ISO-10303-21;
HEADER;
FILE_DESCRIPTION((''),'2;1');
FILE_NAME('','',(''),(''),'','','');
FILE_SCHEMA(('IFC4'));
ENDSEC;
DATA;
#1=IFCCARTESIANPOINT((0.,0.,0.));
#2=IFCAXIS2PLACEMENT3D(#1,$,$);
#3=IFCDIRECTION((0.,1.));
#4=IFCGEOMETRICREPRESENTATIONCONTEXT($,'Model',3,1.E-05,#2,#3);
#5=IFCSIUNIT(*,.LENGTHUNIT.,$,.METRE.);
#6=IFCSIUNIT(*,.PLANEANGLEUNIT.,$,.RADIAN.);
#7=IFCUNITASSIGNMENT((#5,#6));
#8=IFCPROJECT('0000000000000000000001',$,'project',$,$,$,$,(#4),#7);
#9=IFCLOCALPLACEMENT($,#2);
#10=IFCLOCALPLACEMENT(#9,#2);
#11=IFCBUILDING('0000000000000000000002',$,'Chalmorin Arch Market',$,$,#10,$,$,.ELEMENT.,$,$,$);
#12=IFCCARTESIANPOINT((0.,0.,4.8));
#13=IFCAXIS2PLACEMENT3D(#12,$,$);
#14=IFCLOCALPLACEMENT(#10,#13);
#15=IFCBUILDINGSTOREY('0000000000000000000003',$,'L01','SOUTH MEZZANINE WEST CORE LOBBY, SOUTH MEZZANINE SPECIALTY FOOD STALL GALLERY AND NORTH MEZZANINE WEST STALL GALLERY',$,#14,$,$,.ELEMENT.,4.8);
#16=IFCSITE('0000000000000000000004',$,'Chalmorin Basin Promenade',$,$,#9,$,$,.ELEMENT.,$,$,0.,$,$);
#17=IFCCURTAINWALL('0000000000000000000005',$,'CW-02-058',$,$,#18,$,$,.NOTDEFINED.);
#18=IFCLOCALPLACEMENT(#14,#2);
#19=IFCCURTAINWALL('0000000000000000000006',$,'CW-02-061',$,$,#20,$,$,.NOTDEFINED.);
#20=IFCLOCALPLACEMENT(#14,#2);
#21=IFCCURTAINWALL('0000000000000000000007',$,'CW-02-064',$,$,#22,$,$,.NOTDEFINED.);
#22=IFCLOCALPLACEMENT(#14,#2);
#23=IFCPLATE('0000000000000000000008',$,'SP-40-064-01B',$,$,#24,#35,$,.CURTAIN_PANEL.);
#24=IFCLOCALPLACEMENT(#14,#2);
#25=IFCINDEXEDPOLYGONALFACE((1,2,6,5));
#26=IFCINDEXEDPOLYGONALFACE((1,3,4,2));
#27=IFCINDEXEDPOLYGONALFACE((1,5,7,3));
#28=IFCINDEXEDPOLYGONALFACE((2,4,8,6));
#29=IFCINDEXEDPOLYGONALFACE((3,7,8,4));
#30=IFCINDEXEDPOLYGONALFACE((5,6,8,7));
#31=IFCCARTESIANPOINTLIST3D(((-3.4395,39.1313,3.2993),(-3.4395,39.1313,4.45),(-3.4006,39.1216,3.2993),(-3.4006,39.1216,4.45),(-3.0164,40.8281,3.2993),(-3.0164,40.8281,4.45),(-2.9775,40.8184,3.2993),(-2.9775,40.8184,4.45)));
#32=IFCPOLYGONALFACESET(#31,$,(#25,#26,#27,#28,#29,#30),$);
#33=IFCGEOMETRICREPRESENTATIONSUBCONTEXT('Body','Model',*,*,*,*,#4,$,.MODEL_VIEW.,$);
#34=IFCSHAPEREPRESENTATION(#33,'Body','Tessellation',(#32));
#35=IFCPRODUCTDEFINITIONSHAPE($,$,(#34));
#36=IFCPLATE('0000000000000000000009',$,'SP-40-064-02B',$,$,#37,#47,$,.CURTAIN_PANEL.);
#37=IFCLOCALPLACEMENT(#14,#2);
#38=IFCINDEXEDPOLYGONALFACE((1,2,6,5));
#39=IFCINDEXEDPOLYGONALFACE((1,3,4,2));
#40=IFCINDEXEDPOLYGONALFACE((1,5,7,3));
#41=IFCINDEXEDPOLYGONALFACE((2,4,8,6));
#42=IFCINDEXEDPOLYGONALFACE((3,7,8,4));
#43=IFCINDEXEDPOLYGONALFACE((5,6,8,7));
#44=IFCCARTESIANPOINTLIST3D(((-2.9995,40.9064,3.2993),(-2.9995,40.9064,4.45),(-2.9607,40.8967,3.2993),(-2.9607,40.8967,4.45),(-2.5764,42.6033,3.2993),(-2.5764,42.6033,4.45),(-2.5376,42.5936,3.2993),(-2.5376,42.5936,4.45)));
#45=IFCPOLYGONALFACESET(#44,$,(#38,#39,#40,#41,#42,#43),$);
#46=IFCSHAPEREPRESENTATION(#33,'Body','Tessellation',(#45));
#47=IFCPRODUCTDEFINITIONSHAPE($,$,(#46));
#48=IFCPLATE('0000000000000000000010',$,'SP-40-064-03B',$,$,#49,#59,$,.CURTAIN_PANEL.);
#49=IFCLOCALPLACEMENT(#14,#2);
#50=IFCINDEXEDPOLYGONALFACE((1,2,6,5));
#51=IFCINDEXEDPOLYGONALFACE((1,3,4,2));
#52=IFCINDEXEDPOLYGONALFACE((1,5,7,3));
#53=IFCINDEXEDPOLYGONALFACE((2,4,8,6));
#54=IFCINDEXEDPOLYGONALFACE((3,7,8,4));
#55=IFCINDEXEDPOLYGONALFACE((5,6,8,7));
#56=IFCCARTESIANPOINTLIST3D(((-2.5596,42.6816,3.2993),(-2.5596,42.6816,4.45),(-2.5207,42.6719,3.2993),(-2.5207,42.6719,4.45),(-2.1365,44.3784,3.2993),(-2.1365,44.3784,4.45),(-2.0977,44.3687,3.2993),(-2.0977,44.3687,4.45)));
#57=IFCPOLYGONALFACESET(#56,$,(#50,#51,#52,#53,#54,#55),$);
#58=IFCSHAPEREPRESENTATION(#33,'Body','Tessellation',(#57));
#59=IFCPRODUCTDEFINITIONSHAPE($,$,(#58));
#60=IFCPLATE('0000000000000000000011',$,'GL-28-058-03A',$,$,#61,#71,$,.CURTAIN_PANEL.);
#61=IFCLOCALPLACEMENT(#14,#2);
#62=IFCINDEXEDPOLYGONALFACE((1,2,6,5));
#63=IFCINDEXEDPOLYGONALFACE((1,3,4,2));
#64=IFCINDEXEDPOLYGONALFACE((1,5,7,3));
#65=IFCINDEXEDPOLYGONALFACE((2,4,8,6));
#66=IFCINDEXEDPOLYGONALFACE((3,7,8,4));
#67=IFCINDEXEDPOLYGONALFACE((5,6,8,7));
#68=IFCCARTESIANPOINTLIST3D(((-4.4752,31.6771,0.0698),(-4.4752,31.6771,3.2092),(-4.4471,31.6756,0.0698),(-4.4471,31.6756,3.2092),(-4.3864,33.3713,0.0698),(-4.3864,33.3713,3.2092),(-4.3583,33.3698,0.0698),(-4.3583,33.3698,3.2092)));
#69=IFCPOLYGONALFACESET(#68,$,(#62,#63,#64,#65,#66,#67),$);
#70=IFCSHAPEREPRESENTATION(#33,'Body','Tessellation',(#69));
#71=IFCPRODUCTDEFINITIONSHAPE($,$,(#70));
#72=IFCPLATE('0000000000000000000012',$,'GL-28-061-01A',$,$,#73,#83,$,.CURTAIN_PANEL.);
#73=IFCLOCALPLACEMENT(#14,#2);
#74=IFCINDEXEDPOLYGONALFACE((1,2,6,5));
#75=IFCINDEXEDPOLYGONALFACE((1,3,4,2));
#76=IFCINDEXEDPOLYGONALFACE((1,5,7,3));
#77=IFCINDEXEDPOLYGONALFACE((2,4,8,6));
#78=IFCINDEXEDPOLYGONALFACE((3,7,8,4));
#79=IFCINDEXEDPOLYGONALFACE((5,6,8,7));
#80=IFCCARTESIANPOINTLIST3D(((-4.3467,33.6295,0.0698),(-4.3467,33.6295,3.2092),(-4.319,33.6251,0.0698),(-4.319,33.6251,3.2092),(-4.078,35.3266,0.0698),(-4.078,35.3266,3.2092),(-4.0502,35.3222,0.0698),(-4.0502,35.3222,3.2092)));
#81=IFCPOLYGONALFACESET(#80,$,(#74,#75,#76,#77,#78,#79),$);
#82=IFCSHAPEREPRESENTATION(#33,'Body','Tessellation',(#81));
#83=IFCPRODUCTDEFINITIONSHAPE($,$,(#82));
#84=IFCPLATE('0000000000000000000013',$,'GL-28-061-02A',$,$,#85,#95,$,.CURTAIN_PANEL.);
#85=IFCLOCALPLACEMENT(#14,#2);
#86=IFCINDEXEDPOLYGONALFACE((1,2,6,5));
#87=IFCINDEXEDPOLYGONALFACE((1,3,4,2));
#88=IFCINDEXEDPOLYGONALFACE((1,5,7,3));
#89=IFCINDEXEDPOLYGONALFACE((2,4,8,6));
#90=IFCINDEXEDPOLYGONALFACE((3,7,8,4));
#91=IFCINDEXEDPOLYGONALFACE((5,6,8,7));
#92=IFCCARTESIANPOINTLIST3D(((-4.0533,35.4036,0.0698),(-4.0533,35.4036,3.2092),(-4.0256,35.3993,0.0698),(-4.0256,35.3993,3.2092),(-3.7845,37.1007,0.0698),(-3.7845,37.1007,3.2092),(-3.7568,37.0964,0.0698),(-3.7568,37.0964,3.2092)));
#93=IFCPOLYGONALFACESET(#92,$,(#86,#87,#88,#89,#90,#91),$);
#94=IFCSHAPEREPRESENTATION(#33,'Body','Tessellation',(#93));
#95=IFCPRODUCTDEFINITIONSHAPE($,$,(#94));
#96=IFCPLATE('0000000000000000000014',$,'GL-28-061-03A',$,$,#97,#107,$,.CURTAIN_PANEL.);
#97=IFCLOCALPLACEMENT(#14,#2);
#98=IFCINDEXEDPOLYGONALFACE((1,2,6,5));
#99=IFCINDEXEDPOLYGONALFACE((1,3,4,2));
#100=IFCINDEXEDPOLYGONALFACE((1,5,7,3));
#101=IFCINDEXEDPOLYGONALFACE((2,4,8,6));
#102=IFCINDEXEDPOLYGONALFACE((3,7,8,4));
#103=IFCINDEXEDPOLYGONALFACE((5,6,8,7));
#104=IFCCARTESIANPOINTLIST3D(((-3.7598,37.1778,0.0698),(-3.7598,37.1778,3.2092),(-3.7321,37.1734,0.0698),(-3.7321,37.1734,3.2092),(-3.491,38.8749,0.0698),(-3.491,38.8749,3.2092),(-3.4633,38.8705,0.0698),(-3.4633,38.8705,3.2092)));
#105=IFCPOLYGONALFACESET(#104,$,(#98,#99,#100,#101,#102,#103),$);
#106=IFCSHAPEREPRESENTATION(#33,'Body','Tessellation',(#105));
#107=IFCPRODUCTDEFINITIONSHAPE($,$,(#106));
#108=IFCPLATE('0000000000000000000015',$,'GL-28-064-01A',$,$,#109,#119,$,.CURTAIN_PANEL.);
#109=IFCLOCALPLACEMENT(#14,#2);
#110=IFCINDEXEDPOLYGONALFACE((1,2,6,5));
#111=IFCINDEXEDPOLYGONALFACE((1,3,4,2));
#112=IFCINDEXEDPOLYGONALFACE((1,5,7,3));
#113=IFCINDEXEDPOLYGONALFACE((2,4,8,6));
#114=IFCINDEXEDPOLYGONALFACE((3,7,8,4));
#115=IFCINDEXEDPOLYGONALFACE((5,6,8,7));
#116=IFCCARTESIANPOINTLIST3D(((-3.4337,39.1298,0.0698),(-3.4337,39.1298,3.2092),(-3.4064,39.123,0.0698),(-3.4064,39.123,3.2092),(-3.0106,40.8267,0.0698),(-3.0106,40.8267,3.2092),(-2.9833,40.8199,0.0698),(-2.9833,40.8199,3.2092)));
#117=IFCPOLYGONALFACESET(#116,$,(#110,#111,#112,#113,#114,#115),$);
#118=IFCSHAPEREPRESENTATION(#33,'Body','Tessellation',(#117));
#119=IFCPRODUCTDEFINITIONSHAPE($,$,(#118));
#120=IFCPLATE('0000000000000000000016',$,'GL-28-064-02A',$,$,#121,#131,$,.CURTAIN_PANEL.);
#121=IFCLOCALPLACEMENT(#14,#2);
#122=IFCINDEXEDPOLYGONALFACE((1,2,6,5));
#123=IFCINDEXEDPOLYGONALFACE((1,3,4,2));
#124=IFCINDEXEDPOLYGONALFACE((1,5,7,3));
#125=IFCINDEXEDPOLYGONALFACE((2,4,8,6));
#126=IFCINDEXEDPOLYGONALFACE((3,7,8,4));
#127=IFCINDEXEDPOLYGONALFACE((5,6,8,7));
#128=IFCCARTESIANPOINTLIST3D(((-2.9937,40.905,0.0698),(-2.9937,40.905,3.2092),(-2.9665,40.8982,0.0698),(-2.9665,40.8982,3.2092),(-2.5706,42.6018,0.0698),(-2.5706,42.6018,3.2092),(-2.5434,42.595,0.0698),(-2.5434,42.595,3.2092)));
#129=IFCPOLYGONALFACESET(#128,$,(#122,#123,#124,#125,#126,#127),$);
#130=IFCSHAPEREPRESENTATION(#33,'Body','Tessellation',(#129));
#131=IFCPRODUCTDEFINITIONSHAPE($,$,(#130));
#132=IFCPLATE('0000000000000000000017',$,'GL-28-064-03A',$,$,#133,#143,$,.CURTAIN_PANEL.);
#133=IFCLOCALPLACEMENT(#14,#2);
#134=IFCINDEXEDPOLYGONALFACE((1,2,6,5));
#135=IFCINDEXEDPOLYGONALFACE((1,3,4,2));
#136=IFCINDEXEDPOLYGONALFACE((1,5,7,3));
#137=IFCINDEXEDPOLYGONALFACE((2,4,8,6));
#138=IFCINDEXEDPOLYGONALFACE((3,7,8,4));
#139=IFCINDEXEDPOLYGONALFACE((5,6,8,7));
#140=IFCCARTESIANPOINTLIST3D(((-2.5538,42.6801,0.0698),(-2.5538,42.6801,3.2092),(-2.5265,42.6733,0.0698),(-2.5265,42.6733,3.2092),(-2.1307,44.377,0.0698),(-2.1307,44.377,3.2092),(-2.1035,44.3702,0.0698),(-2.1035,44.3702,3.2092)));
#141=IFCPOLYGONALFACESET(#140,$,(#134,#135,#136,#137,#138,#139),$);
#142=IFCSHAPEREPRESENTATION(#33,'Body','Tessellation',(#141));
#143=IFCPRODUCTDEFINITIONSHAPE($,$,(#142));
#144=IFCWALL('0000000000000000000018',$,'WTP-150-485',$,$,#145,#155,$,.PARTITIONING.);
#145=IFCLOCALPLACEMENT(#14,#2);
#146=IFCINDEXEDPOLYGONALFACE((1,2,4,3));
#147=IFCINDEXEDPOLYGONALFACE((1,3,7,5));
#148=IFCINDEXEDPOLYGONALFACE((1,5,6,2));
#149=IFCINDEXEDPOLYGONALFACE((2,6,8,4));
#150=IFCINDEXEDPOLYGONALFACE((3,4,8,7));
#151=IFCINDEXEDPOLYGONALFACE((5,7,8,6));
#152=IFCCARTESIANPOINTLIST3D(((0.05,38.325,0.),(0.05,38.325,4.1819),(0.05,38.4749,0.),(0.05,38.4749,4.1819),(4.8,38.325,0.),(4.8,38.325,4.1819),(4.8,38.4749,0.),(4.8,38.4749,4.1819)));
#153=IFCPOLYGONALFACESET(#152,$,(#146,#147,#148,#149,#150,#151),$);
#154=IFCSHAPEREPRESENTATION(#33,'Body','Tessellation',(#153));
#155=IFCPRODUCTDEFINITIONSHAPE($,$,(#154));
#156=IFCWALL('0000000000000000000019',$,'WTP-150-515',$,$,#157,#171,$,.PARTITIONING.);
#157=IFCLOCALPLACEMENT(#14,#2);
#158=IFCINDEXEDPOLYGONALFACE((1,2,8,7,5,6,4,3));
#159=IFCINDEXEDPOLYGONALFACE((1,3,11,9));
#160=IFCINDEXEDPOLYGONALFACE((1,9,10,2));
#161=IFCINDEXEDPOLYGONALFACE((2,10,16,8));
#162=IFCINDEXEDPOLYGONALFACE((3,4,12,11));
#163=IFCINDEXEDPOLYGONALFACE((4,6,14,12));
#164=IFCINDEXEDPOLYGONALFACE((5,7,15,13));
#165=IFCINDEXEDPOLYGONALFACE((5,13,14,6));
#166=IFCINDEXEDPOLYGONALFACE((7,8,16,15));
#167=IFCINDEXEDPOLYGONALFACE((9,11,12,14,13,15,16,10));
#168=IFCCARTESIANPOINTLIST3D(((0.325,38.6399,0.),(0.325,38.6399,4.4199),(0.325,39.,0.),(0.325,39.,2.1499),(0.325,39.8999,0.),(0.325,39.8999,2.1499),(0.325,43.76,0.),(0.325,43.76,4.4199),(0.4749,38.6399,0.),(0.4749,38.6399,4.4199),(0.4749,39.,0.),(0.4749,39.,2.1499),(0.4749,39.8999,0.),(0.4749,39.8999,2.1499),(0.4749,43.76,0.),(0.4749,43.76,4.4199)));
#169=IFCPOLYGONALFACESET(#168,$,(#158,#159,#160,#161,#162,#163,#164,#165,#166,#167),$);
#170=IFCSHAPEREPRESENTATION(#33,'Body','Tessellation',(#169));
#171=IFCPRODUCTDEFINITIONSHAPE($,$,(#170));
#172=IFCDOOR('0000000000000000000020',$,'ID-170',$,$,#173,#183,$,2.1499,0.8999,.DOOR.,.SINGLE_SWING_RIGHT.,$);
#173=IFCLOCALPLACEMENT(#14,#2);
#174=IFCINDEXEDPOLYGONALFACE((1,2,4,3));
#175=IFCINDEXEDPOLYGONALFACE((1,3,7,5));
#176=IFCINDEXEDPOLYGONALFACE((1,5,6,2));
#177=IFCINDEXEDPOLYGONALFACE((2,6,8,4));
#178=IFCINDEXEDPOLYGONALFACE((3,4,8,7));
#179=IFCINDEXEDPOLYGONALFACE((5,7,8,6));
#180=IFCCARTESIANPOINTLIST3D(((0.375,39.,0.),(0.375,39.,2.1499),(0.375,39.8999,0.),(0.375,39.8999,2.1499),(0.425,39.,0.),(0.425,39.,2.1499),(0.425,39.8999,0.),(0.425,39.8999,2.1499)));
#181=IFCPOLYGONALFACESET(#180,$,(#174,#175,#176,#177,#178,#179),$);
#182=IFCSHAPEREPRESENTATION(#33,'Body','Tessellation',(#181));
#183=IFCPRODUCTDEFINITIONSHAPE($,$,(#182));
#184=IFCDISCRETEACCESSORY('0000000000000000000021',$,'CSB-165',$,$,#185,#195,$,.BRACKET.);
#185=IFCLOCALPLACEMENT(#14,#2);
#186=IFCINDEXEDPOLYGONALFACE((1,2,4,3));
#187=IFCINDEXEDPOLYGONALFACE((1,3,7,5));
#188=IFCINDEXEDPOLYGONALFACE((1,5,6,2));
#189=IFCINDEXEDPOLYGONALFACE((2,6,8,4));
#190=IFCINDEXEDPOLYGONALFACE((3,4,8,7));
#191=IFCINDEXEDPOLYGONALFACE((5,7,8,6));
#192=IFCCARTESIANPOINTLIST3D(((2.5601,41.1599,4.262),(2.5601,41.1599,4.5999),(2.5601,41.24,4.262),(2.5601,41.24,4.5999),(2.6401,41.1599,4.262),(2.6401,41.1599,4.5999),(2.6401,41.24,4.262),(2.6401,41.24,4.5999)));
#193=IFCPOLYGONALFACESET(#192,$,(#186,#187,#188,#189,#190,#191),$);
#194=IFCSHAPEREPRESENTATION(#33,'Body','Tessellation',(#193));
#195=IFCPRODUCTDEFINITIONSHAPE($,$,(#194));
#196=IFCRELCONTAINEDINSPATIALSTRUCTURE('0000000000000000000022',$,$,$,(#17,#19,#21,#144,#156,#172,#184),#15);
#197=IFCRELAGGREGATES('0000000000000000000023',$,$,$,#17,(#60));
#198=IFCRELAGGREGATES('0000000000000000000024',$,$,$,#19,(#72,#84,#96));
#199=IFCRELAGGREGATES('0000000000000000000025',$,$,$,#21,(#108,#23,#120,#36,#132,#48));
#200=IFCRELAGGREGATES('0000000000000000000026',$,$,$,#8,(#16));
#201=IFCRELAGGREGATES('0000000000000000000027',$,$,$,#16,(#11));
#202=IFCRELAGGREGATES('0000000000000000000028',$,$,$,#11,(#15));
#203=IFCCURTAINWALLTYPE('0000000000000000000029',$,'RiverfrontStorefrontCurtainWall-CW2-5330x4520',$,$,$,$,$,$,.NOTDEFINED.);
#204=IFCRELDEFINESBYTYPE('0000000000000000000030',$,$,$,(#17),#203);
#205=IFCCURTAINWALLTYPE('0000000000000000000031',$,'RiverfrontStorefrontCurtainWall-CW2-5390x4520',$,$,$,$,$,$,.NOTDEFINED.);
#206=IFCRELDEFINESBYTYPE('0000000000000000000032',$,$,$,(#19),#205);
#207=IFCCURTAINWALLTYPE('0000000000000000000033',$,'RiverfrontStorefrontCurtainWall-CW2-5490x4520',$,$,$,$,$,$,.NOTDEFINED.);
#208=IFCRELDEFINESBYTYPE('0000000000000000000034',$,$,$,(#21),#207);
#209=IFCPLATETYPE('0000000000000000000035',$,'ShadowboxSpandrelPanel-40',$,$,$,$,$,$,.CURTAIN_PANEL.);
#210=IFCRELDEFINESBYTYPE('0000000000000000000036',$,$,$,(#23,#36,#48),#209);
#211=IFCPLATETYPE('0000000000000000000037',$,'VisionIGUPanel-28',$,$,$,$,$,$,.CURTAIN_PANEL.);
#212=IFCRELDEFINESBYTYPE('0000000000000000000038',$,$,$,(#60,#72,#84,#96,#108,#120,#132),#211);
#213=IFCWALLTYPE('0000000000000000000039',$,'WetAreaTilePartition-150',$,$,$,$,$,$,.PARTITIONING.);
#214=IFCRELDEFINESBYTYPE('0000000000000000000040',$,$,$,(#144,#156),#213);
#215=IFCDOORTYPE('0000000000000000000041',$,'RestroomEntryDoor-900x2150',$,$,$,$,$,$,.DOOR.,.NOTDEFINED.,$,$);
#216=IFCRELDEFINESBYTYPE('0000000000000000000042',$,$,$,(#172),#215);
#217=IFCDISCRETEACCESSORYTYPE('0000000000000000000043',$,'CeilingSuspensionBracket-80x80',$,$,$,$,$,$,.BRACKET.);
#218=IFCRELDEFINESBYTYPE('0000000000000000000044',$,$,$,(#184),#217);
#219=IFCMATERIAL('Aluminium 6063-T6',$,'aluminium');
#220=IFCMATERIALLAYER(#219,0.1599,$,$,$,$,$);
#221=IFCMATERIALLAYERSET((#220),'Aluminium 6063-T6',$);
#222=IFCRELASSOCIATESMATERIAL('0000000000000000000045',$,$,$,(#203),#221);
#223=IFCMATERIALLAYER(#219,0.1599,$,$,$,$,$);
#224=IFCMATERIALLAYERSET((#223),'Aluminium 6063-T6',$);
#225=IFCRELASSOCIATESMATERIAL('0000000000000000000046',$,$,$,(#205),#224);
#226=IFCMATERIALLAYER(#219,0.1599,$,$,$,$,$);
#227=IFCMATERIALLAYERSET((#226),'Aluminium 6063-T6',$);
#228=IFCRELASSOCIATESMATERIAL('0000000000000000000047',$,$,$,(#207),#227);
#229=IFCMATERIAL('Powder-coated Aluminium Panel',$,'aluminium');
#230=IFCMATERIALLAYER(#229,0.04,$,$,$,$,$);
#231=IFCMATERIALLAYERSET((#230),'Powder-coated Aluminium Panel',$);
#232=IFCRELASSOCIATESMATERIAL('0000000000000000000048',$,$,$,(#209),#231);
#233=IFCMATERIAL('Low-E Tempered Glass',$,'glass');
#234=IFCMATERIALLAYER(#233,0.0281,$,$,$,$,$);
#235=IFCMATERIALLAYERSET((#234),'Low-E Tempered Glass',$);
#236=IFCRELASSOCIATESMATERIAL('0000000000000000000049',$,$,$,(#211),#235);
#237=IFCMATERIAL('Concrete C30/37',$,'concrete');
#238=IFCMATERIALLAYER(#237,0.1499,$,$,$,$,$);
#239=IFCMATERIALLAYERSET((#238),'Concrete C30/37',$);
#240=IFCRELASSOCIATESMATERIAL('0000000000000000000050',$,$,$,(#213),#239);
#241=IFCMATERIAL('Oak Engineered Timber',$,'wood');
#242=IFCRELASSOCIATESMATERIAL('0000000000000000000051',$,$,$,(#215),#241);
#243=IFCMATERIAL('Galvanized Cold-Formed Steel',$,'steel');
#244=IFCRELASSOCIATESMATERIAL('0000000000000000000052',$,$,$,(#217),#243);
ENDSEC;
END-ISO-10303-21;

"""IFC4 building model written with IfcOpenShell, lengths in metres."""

from ifc_helpers import new_model, si_unit, direction, frame, frame_2d, origin, origin_2d, place, context, subcontext, project, spatial, rectangle, extrude, material, layer, layer_set, type_object, element, fill, aggregate, save


model = new_model("IFC4")

# Units and contexts
model_context = context("Model", 3, precision=1e-05, world=origin(), true_north=direction((0.0, 1.0)))
body_context = subcontext(model_context, "Body", "Model", "MODEL_VIEW")
ifc_project = project(units=[si_unit("LENGTHUNIT", "METRE"), si_unit("PLANEANGLEUNIT", "RADIAN")], contexts=[model_context])

# Site, building, storey
site_placement = place(None, origin())
site = spatial("IfcSite", under=ifc_project, at=site_placement, Name="Chalmorin Basin Promenade", CompositionType="ELEMENT", RefElevation=0.0)
building_placement = place(site_placement, origin())
building = spatial("IfcBuilding", under=site, at=building_placement, Name="Chalmorin Arch Market", CompositionType="ELEMENT")
storey_placement = place(building_placement, frame((0.0, 0.0, 4.8)))
storey = spatial("IfcBuildingStorey", under=building, at=storey_placement, Name="L01", Description="SOUTH MEZZANINE WEST CORE LOBBY, SOUTH MEZZANINE SPECIALTY FOOD STALL GALLERY AND NORTH MEZZANINE WEST STALL GALLERY", CompositionType="ELEMENT", Elevation=4.8)

# Curtain wall
ifc_material_1 = material(Name="Aluminium 6063-T6", Category="aluminium")
ifc_layer_1 = layer(ifc_material_1, 0.1599)
ifc_layer_set_1 = layer_set([ifc_layer_1], Name="Aluminium 6063-T6")
curtain_wall_type_1 = type_object("IfcCurtainWallType", Name="RiverfrontStorefrontCurtainWall-CW2-5330x4520", PredefinedType="NOTDEFINED", material=ifc_layer_set_1)
curtain_wall_1_placement = place(storey_placement, origin())
curtain_wall_1 = element("IfcCurtainWall", 1, at=curtain_wall_1_placement, inside=storey, type_object=curtain_wall_type_1, Name="CW-02-058", PredefinedType="NOTDEFINED")

# Curtain walls
ifc_layer_2 = layer(ifc_material_1, 0.1599)
ifc_layer_set_2 = layer_set([ifc_layer_2], Name="Aluminium 6063-T6")
curtain_wall_type_2 = type_object("IfcCurtainWallType", Name="RiverfrontStorefrontCurtainWall-CW2-5390x4520", PredefinedType="NOTDEFINED", material=ifc_layer_set_2)
curtain_wall_2_placement = place(storey_placement, origin())
curtain_wall_2 = element("IfcCurtainWall", 2, at=curtain_wall_2_placement, inside=storey, type_object=curtain_wall_type_2, Name="CW-02-061", PredefinedType="NOTDEFINED")
ifc_layer_3 = layer(ifc_material_1, 0.1599)
ifc_layer_set_3 = layer_set([ifc_layer_3], Name="Aluminium 6063-T6")
curtain_wall_type_3 = type_object("IfcCurtainWallType", Name="RiverfrontStorefrontCurtainWall-CW2-5490x4520", PredefinedType="NOTDEFINED", material=ifc_layer_set_3)
curtain_wall_3_placement = place(storey_placement, origin())
curtain_wall_3 = element("IfcCurtainWall", 3, at=curtain_wall_3_placement, inside=storey, type_object=curtain_wall_type_3, Name="CW-02-064", PredefinedType="NOTDEFINED")

# Plates
ifc_material_2 = material(Name="Powder-coated Aluminium Panel", Category="aluminium")
ifc_layer_4 = layer(ifc_material_2, 0.04)
ifc_layer_set_4 = layer_set([ifc_layer_4], Name="Powder-coated Aluminium Panel")
plate_type_1 = type_object("IfcPlateType", Name="ShadowboxSpandrelPanel-40", PredefinedType="CURTAIN_PANEL", material=ifc_layer_set_4)
plate_1_placement = place(storey_placement, frame((-3.2085, 39.9749, 3.2993), z_axis=(0.0, 0.0, 1.0), x_axis=(0.241922, 0.970296, 0.0)))
plate_1 = element("IfcPlate", 4, at=plate_1_placement, type_object=plate_type_1, Name="SP-40-064-01B", PredefinedType="CURTAIN_PANEL", context=body_context, shape_type="SweptSolid", body=[
    extrude(rectangle(XDim=1.7488, YDim=0.04, at=origin_2d()), origin(), (0.0, 0.0, 1.0), 1.1506),
])
plate_2_placement = place(storey_placement, frame((-2.7686, 41.75, 3.2993), z_axis=(0.0, 0.0, 1.0), x_axis=(0.241922, 0.970296, 0.0)))
plate_2 = element("IfcPlate", 5, at=plate_2_placement, type_object=plate_type_1, Name="SP-40-064-02B", PredefinedType="CURTAIN_PANEL", context=body_context, shape_type="SweptSolid", body=[
    extrude(rectangle(XDim=1.7488, YDim=0.04, at=origin_2d()), origin(), (0.0, 0.0, 1.0), 1.1506),
])
plate_3_placement = place(storey_placement, frame((-2.3286, 43.5251, 3.2993), z_axis=(0.0, 0.0, 1.0), x_axis=(0.241922, 0.970296, 0.0)))
plate_3 = element("IfcPlate", 6, at=plate_3_placement, type_object=plate_type_1, Name="SP-40-064-03B", PredefinedType="CURTAIN_PANEL", context=body_context, shape_type="SweptSolid", body=[
    extrude(rectangle(XDim=1.7488, YDim=0.04, at=origin_2d()), origin(), (0.0, 0.0, 1.0), 1.1506),
])
ifc_material_3 = material(Name="Low-E Tempered Glass", Category="glass")
ifc_layer_5 = layer(ifc_material_3, 0.0281)
ifc_layer_set_5 = layer_set([ifc_layer_5], Name="Low-E Tempered Glass")
plate_type_2 = type_object("IfcPlateType", Name="VisionIGUPanel-28", PredefinedType="CURTAIN_PANEL", material=ifc_layer_set_5)
plate_4_placement = place(storey_placement, frame((-4.4167, 32.5234, 0.0698), z_axis=(0.0, 0.0, 1.0), x_axis=(0.052336, 0.99863, 0.0)))
plate_4 = element("IfcPlate", 7, at=plate_4_placement, type_object=plate_type_2, Name="GL-28-058-03A", PredefinedType="CURTAIN_PANEL", context=body_context, shape_type="SweptSolid", body=[
    extrude(rectangle(XDim=1.6965, YDim=0.0281, at=origin_2d()), origin(), (0.0, 0.0, 1.0), 3.1394),
])
aggregate(curtain_wall_1, [plate_4])
plate_5_placement = place(storey_placement, frame((-4.1985, 34.4758, 0.0698), z_axis=(0.0, 0.0, 1.0), x_axis=(0.156434, 0.987688, 0.0)))
plate_5 = element("IfcPlate", 8, at=plate_5_placement, type_object=plate_type_2, Name="GL-28-061-01A", PredefinedType="CURTAIN_PANEL", context=body_context, shape_type="SweptSolid", body=[
    extrude(rectangle(XDim=1.7183, YDim=0.0281, at=origin_2d()), origin(), (0.0, 0.0, 1.0), 3.1394),
])
plate_6_placement = place(storey_placement, frame((-3.905, 36.25, 0.0698), z_axis=(0.0, 0.0, 1.0), x_axis=(0.156434, 0.987688, 0.0)))
plate_6 = element("IfcPlate", 9, at=plate_6_placement, type_object=plate_type_2, Name="GL-28-061-02A", PredefinedType="CURTAIN_PANEL", context=body_context, shape_type="SweptSolid", body=[
    extrude(rectangle(XDim=1.7183, YDim=0.0281, at=origin_2d()), origin(), (0.0, 0.0, 1.0), 3.1394),
])
plate_7_placement = place(storey_placement, frame((-3.6116, 38.0242, 0.0698), z_axis=(0.0, 0.0, 1.0), x_axis=(0.156434, 0.987688, 0.0)))
plate_7 = element("IfcPlate", 10, at=plate_7_placement, type_object=plate_type_2, Name="GL-28-061-03A", PredefinedType="CURTAIN_PANEL", context=body_context, shape_type="SweptSolid", body=[
    extrude(rectangle(XDim=1.7183, YDim=0.0281, at=origin_2d()), origin(), (0.0, 0.0, 1.0), 3.1394),
])
aggregate(curtain_wall_2, [plate_5, plate_6, plate_7])
plate_8_placement = place(storey_placement, frame((-3.2085, 39.9749, 0.0698), z_axis=(0.0, 0.0, 1.0), x_axis=(0.241922, 0.970296, 0.0)))
plate_8 = element("IfcPlate", 11, at=plate_8_placement, type_object=plate_type_2, Name="GL-28-064-01A", PredefinedType="CURTAIN_PANEL", context=body_context, shape_type="SweptSolid", body=[
    extrude(rectangle(XDim=1.7488, YDim=0.0281, at=origin_2d()), origin(), (0.0, 0.0, 1.0), 3.1394),
])
plate_9_placement = place(storey_placement, frame((-2.7686, 41.75, 0.0698), z_axis=(0.0, 0.0, 1.0), x_axis=(0.241922, 0.970296, 0.0)))
plate_9 = element("IfcPlate", 12, at=plate_9_placement, type_object=plate_type_2, Name="GL-28-064-02A", PredefinedType="CURTAIN_PANEL", context=body_context, shape_type="SweptSolid", body=[
    extrude(rectangle(XDim=1.7488, YDim=0.0281, at=origin_2d()), origin(), (0.0, 0.0, 1.0), 3.1394),
])
plate_10_placement = place(storey_placement, frame((-2.3286, 43.5251, 0.0698), z_axis=(0.0, 0.0, 1.0), x_axis=(0.241922, 0.970296, 0.0)))
plate_10 = element("IfcPlate", 13, at=plate_10_placement, type_object=plate_type_2, Name="GL-28-064-03A", PredefinedType="CURTAIN_PANEL", context=body_context, shape_type="SweptSolid", body=[
    extrude(rectangle(XDim=1.7488, YDim=0.0281, at=origin_2d()), origin(), (0.0, 0.0, 1.0), 3.1394),
])
aggregate(curtain_wall_3, [plate_8, plate_1, plate_9, plate_2, plate_10, plate_3])

# Wall
ifc_material_4 = material(Name="Concrete C30/37", Category="concrete")
ifc_layer_6 = layer(ifc_material_4, 0.1499)
ifc_layer_set_6 = layer_set([ifc_layer_6], Name="Concrete C30/37")
wall_type = type_object("IfcWallType", Name="WetAreaTilePartition-150", PredefinedType="PARTITIONING", material=ifc_layer_set_6)
wall_1_placement = place(storey_placement, frame((0.05, 38.3999, 0.0), z_axis=(0.0, 0.0, 1.0), x_axis=(1.0, 0.0, 0.0)))
element("IfcWall", 14, at=wall_1_placement, inside=storey, type_object=wall_type, Name="WTP-150-485", PredefinedType="PARTITIONING", context=body_context, shape_type="SweptSolid", body=[
    extrude(rectangle(XDim=4.75, YDim=0.1499, at=frame_2d((2.375, 0.0))), origin(), (0.0, 0.0, 1.0), 4.1819),
])

# Wall, opening, door
wall_2_placement = place(storey_placement, frame((0.3999, 38.6399, 0.0), z_axis=(0.0, 0.0, 1.0), x_axis=(0.0, 1.0, 0.0)))
wall_2 = element("IfcWall", 15, at=wall_2_placement, inside=storey, type_object=wall_type, Name="WTP-150-515", PredefinedType="PARTITIONING", context=body_context, shape_type="SweptSolid", body=[
    extrude(rectangle(XDim=5.1201, YDim=0.1499, at=frame_2d((2.5601, 0.0))), origin(), (0.0, 0.0, 1.0), 4.4199),
])
opening_placement = place(wall_2_placement, frame((0.3601, 0.0, 0.0)))
opening = element("IfcOpeningElement", 16, at=opening_placement, cuts=wall_2, PredefinedType="OPENING", context=body_context, shape_type="SweptSolid", body=[
    extrude(rectangle(XDim=0.8999, YDim=2.1499, at=frame_2d((0.45, 1.075))), frame((0.0, 0.085, 0.0), z_axis=(0.0, -1.0, 0.0), x_axis=(1.0, 0.0, 0.0)), (0.0, 0.0, 1.0), 0.1699),
])
ifc_material_5 = material(Name="Oak Engineered Timber", Category="wood")
door_type = type_object("IfcDoorType", Name="RestroomEntryDoor-900x2150", OperationType="NOTDEFINED", PredefinedType="DOOR", material=ifc_material_5)
door_placement = place(opening_placement, origin())
door = element("IfcDoor", 17, at=door_placement, inside=storey, type_object=door_type, Name="ID-170", OperationType="SINGLE_SWING_RIGHT", OverallHeight=2.1499, OverallWidth=0.8999, PredefinedType="DOOR", context=body_context, shape_type="SweptSolid", body=[
    extrude(rectangle(XDim=0.8999, YDim=2.1499, at=frame_2d((0.45, 1.075))), frame((0.0, 0.0249, 0.0), z_axis=(0.0, -1.0, 0.0), x_axis=(1.0, 0.0, 0.0)), (0.0, 0.0, 1.0), 0.05),
])
fill(opening, door)

# Discrete accessory
ifc_material_6 = material(Name="Galvanized Cold-Formed Steel", Category="steel")
discrete_accessory_type = type_object("IfcDiscreteAccessoryType", Name="CeilingSuspensionBracket-80x80", PredefinedType="BRACKET", material=ifc_material_6)
discrete_accessory_placement = place(storey_placement, frame((2.6001, 41.2, 4.262), z_axis=(0.0, 0.0, 1.0), x_axis=(1.0, 0.0, 0.0)))
element("IfcDiscreteAccessory", 18, at=discrete_accessory_placement, inside=storey, type_object=discrete_accessory_type, Name="CSB-165", PredefinedType="BRACKET", context=body_context, shape_type="SweptSolid", body=[
    extrude(rectangle(XDim=0.0801, YDim=0.0801, at=origin_2d()), origin(), (0.0, 0.0, 1.0), 0.3379),
])

save(model, "model.ifc")
